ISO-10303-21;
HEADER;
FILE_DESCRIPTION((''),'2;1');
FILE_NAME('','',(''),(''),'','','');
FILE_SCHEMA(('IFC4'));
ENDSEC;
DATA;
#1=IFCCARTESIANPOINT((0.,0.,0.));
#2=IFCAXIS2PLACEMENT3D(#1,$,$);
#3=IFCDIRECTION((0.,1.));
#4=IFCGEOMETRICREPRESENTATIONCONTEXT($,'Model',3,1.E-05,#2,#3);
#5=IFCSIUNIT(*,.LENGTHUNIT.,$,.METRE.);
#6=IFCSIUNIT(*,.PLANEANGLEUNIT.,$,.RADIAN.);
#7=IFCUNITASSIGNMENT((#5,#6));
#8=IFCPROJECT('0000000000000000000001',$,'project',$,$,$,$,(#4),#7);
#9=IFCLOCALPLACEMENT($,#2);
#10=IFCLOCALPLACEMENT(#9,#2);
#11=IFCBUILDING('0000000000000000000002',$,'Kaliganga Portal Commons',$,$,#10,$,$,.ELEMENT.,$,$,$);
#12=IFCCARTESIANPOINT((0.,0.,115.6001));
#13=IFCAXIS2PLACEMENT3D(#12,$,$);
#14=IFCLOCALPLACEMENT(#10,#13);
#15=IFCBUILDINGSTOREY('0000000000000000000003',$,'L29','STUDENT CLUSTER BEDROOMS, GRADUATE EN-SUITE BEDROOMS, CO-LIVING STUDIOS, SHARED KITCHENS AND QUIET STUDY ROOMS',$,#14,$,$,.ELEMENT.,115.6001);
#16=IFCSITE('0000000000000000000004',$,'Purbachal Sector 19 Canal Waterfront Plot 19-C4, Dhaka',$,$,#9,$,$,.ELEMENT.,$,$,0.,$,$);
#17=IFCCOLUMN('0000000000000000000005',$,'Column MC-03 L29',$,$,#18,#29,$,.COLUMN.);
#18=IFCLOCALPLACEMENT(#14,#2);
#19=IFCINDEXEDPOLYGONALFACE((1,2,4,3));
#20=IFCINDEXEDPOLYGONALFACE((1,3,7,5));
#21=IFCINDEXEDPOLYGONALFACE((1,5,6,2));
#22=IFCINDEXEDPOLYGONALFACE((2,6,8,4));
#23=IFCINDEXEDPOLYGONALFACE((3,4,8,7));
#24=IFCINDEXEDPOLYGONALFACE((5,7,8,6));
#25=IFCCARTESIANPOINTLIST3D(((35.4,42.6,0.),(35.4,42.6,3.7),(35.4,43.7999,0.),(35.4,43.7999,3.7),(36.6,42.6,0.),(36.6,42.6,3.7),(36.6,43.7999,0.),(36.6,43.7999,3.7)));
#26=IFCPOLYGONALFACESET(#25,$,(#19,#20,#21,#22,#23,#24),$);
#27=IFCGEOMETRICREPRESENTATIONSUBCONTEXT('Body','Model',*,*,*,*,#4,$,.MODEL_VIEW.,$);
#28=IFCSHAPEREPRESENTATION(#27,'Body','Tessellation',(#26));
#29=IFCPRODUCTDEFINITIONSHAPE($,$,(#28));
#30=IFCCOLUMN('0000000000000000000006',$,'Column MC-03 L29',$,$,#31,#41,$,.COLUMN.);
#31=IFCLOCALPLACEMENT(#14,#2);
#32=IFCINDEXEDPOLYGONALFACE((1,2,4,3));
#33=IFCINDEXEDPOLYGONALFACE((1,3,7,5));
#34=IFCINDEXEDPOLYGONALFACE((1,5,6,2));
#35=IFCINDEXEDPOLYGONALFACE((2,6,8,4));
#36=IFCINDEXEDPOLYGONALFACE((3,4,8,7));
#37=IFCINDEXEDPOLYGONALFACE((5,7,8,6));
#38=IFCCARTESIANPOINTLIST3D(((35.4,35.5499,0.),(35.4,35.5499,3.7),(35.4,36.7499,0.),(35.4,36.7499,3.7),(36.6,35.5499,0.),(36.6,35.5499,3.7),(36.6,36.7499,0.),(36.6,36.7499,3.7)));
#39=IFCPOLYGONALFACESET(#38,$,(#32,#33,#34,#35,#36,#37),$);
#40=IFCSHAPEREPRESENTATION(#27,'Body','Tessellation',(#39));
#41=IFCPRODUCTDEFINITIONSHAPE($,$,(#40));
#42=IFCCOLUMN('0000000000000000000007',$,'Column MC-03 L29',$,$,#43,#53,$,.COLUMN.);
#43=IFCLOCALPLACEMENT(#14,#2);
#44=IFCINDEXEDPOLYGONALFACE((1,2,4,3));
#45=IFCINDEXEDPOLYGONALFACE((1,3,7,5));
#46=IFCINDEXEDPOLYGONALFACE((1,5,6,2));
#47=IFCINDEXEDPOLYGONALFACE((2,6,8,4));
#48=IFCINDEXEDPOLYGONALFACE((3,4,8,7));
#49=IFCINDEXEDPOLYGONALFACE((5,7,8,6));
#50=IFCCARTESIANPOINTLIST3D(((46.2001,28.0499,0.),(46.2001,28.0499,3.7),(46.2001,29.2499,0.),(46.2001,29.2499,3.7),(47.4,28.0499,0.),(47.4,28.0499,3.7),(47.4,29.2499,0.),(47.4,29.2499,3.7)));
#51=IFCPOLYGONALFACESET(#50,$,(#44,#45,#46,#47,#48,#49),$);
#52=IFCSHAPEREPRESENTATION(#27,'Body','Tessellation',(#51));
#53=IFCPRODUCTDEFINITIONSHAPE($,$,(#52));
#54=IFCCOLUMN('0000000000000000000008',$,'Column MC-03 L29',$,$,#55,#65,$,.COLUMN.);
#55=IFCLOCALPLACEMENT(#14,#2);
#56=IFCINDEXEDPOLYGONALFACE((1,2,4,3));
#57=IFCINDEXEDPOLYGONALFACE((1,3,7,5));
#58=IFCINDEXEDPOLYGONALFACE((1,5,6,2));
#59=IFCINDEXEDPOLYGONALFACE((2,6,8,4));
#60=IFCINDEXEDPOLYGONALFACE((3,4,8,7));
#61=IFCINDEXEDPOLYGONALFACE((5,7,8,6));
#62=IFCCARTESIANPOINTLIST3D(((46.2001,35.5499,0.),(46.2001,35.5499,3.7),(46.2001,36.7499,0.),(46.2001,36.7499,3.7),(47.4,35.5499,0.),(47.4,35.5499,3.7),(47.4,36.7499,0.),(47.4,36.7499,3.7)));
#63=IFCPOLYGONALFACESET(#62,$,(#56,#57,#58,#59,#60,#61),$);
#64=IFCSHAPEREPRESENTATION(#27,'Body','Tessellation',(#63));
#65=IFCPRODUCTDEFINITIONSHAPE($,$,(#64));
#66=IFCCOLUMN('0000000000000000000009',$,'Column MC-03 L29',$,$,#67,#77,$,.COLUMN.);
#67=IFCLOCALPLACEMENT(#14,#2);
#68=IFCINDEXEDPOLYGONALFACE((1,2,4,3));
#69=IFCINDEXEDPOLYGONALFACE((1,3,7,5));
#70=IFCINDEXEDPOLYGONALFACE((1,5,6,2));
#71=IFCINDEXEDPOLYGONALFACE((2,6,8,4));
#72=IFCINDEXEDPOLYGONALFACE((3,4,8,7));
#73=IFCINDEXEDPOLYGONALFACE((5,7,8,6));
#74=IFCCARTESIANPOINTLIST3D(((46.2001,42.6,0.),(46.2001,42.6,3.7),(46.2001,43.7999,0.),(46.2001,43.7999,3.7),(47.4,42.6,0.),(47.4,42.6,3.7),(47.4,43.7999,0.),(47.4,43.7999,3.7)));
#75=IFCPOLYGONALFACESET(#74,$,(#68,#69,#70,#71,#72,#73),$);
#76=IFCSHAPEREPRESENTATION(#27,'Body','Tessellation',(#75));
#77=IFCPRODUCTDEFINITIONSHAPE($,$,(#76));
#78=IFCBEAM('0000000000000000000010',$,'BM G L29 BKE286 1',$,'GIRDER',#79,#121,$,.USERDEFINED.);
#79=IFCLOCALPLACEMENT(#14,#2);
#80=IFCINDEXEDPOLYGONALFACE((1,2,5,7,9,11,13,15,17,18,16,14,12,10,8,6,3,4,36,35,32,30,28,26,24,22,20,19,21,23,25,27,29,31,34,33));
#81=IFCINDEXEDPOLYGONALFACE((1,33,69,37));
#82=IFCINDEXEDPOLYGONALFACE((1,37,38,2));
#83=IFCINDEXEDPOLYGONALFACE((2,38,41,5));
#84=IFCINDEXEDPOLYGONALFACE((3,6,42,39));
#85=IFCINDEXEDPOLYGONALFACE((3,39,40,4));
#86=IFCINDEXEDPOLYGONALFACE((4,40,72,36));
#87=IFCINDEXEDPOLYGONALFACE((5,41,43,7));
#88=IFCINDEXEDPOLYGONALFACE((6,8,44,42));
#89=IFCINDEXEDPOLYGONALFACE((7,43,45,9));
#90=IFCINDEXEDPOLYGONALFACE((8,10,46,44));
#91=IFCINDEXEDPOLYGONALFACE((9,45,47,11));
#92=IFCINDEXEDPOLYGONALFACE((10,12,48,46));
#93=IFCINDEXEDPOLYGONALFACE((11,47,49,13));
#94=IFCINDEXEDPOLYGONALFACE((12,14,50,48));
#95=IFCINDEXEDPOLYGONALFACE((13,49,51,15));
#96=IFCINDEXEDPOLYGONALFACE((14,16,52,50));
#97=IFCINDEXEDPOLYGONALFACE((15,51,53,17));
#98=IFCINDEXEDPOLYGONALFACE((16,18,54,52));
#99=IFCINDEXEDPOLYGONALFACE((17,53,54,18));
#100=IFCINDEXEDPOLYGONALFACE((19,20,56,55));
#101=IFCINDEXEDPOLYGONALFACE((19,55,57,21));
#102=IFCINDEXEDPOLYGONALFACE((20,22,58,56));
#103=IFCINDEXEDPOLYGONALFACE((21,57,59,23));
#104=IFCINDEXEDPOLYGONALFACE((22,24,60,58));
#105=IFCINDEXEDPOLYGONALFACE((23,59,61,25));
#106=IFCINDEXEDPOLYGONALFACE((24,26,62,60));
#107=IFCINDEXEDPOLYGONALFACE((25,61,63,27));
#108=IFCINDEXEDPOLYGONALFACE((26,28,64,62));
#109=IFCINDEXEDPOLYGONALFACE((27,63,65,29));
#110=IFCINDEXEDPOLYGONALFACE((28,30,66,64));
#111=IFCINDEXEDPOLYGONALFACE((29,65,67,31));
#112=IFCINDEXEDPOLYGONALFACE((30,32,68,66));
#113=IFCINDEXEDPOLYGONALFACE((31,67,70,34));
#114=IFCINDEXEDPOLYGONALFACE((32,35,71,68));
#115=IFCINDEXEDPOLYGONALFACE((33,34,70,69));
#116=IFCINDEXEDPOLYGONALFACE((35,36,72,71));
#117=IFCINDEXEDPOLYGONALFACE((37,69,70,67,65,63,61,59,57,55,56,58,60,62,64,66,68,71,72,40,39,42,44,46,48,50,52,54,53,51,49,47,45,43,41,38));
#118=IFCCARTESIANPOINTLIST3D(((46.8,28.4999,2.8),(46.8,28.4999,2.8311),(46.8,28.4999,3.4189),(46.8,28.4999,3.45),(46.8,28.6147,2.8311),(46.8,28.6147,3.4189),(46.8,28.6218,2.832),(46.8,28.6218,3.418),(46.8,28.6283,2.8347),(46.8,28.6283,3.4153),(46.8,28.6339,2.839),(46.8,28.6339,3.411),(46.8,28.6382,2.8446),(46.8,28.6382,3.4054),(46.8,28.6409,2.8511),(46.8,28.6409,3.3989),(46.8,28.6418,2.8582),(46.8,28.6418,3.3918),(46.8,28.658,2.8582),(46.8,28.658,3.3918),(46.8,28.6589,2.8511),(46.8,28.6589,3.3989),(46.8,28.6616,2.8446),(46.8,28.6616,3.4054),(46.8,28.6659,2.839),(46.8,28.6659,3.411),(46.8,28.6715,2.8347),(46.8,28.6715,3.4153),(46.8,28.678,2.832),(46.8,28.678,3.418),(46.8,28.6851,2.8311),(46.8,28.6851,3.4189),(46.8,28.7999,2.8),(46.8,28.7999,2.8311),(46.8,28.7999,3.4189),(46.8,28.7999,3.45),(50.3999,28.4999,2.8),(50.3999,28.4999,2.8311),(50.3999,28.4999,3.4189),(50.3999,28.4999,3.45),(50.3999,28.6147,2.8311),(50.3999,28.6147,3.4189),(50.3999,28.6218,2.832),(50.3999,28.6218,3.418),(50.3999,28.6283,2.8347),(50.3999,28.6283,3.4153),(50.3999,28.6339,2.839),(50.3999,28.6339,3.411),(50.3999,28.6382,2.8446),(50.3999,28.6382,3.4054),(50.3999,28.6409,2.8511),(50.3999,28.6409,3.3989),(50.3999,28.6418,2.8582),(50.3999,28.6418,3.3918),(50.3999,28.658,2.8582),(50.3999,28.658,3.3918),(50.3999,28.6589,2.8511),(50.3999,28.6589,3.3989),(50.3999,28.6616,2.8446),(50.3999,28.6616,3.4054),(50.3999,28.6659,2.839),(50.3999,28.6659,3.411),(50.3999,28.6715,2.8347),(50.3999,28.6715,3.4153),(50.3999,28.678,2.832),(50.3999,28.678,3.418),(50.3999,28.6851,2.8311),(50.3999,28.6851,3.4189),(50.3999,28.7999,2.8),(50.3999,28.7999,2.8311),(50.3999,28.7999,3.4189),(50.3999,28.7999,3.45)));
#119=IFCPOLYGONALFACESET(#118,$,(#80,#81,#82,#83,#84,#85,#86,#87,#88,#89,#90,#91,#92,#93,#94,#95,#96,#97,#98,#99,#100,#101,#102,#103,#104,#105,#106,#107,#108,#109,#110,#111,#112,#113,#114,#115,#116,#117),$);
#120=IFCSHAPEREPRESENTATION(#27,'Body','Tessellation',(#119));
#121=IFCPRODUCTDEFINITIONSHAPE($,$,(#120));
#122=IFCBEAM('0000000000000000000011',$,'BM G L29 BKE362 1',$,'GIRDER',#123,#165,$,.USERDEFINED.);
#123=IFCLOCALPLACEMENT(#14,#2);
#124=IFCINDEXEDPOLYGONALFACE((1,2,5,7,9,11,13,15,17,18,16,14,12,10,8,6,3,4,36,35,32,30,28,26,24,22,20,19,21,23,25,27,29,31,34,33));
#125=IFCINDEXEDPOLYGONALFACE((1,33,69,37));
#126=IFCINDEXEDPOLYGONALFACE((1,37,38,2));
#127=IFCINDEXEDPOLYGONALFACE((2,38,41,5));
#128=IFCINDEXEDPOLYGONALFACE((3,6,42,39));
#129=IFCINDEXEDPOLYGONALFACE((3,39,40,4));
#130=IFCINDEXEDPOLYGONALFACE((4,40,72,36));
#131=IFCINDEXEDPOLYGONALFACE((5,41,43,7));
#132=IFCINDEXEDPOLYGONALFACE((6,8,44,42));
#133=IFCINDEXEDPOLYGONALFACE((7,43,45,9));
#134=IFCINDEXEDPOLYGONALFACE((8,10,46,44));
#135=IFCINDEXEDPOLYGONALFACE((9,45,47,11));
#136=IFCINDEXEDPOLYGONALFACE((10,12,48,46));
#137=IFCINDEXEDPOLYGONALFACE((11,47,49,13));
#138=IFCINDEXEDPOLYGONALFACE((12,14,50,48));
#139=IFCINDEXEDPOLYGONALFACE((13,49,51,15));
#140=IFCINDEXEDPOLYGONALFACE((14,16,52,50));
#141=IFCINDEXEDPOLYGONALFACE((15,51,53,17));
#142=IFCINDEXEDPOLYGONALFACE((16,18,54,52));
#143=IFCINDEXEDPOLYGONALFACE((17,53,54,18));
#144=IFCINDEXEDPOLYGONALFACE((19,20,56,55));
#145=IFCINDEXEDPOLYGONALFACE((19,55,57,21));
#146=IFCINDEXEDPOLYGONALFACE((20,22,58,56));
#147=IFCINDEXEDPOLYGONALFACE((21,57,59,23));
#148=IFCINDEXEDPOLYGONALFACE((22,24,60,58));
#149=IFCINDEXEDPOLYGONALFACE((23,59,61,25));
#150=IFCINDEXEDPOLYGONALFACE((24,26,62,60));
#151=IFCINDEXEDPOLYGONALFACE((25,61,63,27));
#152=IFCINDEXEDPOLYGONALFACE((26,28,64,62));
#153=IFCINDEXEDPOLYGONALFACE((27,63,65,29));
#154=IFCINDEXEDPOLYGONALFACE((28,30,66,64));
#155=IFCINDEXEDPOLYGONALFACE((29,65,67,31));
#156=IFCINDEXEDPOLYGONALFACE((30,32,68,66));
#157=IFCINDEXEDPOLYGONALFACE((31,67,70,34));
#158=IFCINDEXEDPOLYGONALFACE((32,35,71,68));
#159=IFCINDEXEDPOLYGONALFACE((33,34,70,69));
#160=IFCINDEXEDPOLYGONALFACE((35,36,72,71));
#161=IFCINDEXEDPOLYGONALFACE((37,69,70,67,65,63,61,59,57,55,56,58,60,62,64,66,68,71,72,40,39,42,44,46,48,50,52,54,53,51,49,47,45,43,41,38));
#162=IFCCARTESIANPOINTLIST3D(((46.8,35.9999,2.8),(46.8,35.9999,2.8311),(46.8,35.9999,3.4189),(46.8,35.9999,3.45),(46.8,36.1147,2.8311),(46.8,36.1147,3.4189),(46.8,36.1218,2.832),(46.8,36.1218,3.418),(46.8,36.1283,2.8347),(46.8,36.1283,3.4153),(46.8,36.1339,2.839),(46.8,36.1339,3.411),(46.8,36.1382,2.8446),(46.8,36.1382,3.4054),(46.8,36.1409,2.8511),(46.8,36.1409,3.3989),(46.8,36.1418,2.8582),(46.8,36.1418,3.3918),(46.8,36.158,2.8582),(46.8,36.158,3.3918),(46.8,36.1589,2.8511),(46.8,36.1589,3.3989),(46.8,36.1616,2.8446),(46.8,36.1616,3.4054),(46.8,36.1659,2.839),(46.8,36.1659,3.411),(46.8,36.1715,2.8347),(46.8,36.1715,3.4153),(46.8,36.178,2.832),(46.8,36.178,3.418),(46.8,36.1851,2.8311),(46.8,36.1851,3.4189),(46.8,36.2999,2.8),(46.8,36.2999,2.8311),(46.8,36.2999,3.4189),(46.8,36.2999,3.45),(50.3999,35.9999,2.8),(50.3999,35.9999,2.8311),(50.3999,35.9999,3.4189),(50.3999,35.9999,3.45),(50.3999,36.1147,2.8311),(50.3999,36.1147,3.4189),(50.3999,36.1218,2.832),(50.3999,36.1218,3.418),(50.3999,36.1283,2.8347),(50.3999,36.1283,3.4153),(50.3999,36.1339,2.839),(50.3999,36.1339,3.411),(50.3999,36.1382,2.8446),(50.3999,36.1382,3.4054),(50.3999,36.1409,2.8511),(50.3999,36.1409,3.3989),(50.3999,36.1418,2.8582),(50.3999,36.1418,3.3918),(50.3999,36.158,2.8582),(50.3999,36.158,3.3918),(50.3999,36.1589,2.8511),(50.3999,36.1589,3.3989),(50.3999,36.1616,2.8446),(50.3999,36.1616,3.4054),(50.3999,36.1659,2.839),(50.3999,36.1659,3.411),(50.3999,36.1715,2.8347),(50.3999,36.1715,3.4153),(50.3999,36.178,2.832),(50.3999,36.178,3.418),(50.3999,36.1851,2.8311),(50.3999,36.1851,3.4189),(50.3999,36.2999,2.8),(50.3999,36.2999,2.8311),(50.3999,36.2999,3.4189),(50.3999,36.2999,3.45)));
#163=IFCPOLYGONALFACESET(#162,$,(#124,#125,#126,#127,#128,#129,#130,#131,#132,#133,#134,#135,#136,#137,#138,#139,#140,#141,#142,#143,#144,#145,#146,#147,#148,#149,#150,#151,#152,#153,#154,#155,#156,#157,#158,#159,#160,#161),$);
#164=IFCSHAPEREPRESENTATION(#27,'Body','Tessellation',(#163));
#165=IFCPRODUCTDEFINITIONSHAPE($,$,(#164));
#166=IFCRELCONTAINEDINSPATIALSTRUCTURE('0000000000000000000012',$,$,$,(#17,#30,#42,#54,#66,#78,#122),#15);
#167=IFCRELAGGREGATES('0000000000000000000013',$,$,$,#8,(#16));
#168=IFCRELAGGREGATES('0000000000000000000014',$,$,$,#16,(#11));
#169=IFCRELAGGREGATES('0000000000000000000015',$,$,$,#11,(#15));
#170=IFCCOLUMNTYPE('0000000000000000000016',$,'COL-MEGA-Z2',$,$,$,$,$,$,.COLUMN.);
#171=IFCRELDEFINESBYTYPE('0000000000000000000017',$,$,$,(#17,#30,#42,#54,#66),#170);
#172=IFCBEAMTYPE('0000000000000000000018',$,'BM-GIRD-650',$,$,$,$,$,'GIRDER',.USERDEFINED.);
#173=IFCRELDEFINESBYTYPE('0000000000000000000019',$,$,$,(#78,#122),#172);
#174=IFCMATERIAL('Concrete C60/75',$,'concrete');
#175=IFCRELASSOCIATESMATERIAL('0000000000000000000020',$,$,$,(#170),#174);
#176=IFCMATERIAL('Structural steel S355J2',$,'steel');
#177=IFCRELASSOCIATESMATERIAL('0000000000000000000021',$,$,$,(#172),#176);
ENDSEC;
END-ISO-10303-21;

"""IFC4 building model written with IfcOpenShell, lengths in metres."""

from ifc_helpers import new_model, si_unit, direction, frame, origin, origin_2d, place, context, subcontext, project, spatial, rectangle, i_section, extrude, source, transform, mapped, material, material_profile, profile_set, type_object, element, save


model = new_model("IFC4")

# Units and contexts
model_context = context("Model", 3, precision=1e-05, world=origin(), true_north=direction((0.0, 1.0)))
body_context = subcontext(model_context, "Body", "Model", "MODEL_VIEW")
ifc_project = project(units=[si_unit("LENGTHUNIT", "METRE"), si_unit("PLANEANGLEUNIT", "RADIAN")], contexts=[model_context])

# Site, building, storey
site_placement = place(None, origin())
site = spatial("IfcSite", under=ifc_project, at=site_placement, Name="Purbachal Sector 19 Canal Waterfront Plot 19-C4, Dhaka", CompositionType="ELEMENT", RefElevation=0.0)
building_placement = place(site_placement, origin())
building = spatial("IfcBuilding", under=site, at=building_placement, Name="Kaliganga Portal Commons", CompositionType="ELEMENT")
storey_placement = place(building_placement, frame((0.0, 0.0, 115.6001)))
storey = spatial("IfcBuildingStorey", under=building, at=storey_placement, Name="L29", Description="STUDENT CLUSTER BEDROOMS, GRADUATE EN-SUITE BEDROOMS, CO-LIVING STUDIOS, SHARED KITCHENS AND QUIET STUDY ROOMS", CompositionType="ELEMENT", Elevation=115.6001)

# Columns
ifc_material_1 = material(Name="Concrete C60/75", Category="concrete")
ifc_material_profile_1 = material_profile(ifc_material_1, rectangle(XDim=1.2, YDim=1.2, at=origin_2d()), Name="RC 1200x1200")
ifc_profile_set_1 = profile_set([ifc_material_profile_1], Name="Concrete C60/75")
column_type = type_object("IfcColumnType", Name="COL-MEGA-Z2", PredefinedType="COLUMN", material=ifc_profile_set_1)
shared_shape_1 = source(origin(), body_context, "Body", "SweptSolid", [
    extrude(rectangle(XDim=1.2, YDim=1.2, at=origin_2d()), origin(), (0.0, 0.0, 1.0), 3.7),
])
for number, where, z_axis, x_axis, name in (
    (1, (36.0, 43.2, 0.0), (0.0, 0.0, 1.0), (1.0, 0.0, 0.0), "Column MC-03 L29"),
    (2, (36.0, 36.1499, 0.0), (0.0, 0.0, 1.0), (1.0, 0.0, 0.0), "Column MC-03 L29"),
    (3, (46.8, 28.6499, 0.0), (0.0, 0.0, 1.0), (1.0, 0.0, 0.0), "Column MC-03 L29"),
    (4, (46.8, 36.1499, 0.0), (0.0, 0.0, 1.0), (1.0, 0.0, 0.0), "Column MC-03 L29"),
    (5, (46.8, 43.2, 0.0), (0.0, 0.0, 1.0), (1.0, 0.0, 0.0), "Column MC-03 L29"),
):
    element("IfcColumn", number, at=place(storey_placement, frame(where, z_axis=z_axis, x_axis=x_axis)), inside=storey, type_object=column_type, Name=name, PredefinedType="COLUMN", context=body_context, shape_type="MappedRepresentation", body=[
        mapped(shared_shape_1, transform((0.0, 0.0, 0.0), x_axis=(1.0, 0.0, 0.0), y_axis=(0.0, 1.0, 0.0), z_axis=(0.0, 0.0, 1.0), scale=1.0)),
    ])

# Beams
ifc_material_2 = material(Name="Structural steel S355J2", Category="steel")
ifc_material_profile_2 = material_profile(ifc_material_2, i_section(OverallWidth=0.3, OverallDepth=0.6499, WebThickness=0.0161, FlangeThickness=0.031, FilletRadius=0.0271, at=origin_2d()), Name="HE 650 B")
ifc_profile_set_2 = profile_set([ifc_material_profile_2], Name="Structural steel S355J2 wide-flange")
beam_type_1 = type_object("IfcBeamType", Name="BM-GIRD-650", ElementType="GIRDER", PredefinedType="USERDEFINED", material=ifc_profile_set_2)
shared_shape_2 = source(origin(), body_context, "Body", "SweptSolid", [
    extrude(i_section(OverallWidth=0.3, OverallDepth=0.6499, WebThickness=0.0161, FlangeThickness=0.031, FilletRadius=0.0271, at=origin_2d()), origin(), (0.0, 0.0, 1.0), 3.5999),
])
for number, where, z_axis, x_axis, name in (
    (6, (46.8, 28.6499, 3.125), (1.0, 0.0, 0.0), (0.0, 1.0, 0.0), "BM G L29 BKE286 1"),
    (7, (46.8, 36.1499, 3.125), (1.0, 0.0, 0.0), (0.0, 1.0, 0.0), "BM G L29 BKE362 1"),
):
    element("IfcBeam", number, at=place(storey_placement, frame(where, z_axis=z_axis, x_axis=x_axis)), inside=storey, type_object=beam_type_1, Name=name, ObjectType="GIRDER", PredefinedType="USERDEFINED", context=body_context, shape_type="MappedRepresentation", body=[
        mapped(shared_shape_2, transform((0.0, 0.0, 0.0), x_axis=(1.0, 0.0, 0.0), y_axis=(0.0, 1.0, 0.0), z_axis=(0.0, 0.0, 1.0), scale=1.0)),
    ])

save(model, "model.ifc")
